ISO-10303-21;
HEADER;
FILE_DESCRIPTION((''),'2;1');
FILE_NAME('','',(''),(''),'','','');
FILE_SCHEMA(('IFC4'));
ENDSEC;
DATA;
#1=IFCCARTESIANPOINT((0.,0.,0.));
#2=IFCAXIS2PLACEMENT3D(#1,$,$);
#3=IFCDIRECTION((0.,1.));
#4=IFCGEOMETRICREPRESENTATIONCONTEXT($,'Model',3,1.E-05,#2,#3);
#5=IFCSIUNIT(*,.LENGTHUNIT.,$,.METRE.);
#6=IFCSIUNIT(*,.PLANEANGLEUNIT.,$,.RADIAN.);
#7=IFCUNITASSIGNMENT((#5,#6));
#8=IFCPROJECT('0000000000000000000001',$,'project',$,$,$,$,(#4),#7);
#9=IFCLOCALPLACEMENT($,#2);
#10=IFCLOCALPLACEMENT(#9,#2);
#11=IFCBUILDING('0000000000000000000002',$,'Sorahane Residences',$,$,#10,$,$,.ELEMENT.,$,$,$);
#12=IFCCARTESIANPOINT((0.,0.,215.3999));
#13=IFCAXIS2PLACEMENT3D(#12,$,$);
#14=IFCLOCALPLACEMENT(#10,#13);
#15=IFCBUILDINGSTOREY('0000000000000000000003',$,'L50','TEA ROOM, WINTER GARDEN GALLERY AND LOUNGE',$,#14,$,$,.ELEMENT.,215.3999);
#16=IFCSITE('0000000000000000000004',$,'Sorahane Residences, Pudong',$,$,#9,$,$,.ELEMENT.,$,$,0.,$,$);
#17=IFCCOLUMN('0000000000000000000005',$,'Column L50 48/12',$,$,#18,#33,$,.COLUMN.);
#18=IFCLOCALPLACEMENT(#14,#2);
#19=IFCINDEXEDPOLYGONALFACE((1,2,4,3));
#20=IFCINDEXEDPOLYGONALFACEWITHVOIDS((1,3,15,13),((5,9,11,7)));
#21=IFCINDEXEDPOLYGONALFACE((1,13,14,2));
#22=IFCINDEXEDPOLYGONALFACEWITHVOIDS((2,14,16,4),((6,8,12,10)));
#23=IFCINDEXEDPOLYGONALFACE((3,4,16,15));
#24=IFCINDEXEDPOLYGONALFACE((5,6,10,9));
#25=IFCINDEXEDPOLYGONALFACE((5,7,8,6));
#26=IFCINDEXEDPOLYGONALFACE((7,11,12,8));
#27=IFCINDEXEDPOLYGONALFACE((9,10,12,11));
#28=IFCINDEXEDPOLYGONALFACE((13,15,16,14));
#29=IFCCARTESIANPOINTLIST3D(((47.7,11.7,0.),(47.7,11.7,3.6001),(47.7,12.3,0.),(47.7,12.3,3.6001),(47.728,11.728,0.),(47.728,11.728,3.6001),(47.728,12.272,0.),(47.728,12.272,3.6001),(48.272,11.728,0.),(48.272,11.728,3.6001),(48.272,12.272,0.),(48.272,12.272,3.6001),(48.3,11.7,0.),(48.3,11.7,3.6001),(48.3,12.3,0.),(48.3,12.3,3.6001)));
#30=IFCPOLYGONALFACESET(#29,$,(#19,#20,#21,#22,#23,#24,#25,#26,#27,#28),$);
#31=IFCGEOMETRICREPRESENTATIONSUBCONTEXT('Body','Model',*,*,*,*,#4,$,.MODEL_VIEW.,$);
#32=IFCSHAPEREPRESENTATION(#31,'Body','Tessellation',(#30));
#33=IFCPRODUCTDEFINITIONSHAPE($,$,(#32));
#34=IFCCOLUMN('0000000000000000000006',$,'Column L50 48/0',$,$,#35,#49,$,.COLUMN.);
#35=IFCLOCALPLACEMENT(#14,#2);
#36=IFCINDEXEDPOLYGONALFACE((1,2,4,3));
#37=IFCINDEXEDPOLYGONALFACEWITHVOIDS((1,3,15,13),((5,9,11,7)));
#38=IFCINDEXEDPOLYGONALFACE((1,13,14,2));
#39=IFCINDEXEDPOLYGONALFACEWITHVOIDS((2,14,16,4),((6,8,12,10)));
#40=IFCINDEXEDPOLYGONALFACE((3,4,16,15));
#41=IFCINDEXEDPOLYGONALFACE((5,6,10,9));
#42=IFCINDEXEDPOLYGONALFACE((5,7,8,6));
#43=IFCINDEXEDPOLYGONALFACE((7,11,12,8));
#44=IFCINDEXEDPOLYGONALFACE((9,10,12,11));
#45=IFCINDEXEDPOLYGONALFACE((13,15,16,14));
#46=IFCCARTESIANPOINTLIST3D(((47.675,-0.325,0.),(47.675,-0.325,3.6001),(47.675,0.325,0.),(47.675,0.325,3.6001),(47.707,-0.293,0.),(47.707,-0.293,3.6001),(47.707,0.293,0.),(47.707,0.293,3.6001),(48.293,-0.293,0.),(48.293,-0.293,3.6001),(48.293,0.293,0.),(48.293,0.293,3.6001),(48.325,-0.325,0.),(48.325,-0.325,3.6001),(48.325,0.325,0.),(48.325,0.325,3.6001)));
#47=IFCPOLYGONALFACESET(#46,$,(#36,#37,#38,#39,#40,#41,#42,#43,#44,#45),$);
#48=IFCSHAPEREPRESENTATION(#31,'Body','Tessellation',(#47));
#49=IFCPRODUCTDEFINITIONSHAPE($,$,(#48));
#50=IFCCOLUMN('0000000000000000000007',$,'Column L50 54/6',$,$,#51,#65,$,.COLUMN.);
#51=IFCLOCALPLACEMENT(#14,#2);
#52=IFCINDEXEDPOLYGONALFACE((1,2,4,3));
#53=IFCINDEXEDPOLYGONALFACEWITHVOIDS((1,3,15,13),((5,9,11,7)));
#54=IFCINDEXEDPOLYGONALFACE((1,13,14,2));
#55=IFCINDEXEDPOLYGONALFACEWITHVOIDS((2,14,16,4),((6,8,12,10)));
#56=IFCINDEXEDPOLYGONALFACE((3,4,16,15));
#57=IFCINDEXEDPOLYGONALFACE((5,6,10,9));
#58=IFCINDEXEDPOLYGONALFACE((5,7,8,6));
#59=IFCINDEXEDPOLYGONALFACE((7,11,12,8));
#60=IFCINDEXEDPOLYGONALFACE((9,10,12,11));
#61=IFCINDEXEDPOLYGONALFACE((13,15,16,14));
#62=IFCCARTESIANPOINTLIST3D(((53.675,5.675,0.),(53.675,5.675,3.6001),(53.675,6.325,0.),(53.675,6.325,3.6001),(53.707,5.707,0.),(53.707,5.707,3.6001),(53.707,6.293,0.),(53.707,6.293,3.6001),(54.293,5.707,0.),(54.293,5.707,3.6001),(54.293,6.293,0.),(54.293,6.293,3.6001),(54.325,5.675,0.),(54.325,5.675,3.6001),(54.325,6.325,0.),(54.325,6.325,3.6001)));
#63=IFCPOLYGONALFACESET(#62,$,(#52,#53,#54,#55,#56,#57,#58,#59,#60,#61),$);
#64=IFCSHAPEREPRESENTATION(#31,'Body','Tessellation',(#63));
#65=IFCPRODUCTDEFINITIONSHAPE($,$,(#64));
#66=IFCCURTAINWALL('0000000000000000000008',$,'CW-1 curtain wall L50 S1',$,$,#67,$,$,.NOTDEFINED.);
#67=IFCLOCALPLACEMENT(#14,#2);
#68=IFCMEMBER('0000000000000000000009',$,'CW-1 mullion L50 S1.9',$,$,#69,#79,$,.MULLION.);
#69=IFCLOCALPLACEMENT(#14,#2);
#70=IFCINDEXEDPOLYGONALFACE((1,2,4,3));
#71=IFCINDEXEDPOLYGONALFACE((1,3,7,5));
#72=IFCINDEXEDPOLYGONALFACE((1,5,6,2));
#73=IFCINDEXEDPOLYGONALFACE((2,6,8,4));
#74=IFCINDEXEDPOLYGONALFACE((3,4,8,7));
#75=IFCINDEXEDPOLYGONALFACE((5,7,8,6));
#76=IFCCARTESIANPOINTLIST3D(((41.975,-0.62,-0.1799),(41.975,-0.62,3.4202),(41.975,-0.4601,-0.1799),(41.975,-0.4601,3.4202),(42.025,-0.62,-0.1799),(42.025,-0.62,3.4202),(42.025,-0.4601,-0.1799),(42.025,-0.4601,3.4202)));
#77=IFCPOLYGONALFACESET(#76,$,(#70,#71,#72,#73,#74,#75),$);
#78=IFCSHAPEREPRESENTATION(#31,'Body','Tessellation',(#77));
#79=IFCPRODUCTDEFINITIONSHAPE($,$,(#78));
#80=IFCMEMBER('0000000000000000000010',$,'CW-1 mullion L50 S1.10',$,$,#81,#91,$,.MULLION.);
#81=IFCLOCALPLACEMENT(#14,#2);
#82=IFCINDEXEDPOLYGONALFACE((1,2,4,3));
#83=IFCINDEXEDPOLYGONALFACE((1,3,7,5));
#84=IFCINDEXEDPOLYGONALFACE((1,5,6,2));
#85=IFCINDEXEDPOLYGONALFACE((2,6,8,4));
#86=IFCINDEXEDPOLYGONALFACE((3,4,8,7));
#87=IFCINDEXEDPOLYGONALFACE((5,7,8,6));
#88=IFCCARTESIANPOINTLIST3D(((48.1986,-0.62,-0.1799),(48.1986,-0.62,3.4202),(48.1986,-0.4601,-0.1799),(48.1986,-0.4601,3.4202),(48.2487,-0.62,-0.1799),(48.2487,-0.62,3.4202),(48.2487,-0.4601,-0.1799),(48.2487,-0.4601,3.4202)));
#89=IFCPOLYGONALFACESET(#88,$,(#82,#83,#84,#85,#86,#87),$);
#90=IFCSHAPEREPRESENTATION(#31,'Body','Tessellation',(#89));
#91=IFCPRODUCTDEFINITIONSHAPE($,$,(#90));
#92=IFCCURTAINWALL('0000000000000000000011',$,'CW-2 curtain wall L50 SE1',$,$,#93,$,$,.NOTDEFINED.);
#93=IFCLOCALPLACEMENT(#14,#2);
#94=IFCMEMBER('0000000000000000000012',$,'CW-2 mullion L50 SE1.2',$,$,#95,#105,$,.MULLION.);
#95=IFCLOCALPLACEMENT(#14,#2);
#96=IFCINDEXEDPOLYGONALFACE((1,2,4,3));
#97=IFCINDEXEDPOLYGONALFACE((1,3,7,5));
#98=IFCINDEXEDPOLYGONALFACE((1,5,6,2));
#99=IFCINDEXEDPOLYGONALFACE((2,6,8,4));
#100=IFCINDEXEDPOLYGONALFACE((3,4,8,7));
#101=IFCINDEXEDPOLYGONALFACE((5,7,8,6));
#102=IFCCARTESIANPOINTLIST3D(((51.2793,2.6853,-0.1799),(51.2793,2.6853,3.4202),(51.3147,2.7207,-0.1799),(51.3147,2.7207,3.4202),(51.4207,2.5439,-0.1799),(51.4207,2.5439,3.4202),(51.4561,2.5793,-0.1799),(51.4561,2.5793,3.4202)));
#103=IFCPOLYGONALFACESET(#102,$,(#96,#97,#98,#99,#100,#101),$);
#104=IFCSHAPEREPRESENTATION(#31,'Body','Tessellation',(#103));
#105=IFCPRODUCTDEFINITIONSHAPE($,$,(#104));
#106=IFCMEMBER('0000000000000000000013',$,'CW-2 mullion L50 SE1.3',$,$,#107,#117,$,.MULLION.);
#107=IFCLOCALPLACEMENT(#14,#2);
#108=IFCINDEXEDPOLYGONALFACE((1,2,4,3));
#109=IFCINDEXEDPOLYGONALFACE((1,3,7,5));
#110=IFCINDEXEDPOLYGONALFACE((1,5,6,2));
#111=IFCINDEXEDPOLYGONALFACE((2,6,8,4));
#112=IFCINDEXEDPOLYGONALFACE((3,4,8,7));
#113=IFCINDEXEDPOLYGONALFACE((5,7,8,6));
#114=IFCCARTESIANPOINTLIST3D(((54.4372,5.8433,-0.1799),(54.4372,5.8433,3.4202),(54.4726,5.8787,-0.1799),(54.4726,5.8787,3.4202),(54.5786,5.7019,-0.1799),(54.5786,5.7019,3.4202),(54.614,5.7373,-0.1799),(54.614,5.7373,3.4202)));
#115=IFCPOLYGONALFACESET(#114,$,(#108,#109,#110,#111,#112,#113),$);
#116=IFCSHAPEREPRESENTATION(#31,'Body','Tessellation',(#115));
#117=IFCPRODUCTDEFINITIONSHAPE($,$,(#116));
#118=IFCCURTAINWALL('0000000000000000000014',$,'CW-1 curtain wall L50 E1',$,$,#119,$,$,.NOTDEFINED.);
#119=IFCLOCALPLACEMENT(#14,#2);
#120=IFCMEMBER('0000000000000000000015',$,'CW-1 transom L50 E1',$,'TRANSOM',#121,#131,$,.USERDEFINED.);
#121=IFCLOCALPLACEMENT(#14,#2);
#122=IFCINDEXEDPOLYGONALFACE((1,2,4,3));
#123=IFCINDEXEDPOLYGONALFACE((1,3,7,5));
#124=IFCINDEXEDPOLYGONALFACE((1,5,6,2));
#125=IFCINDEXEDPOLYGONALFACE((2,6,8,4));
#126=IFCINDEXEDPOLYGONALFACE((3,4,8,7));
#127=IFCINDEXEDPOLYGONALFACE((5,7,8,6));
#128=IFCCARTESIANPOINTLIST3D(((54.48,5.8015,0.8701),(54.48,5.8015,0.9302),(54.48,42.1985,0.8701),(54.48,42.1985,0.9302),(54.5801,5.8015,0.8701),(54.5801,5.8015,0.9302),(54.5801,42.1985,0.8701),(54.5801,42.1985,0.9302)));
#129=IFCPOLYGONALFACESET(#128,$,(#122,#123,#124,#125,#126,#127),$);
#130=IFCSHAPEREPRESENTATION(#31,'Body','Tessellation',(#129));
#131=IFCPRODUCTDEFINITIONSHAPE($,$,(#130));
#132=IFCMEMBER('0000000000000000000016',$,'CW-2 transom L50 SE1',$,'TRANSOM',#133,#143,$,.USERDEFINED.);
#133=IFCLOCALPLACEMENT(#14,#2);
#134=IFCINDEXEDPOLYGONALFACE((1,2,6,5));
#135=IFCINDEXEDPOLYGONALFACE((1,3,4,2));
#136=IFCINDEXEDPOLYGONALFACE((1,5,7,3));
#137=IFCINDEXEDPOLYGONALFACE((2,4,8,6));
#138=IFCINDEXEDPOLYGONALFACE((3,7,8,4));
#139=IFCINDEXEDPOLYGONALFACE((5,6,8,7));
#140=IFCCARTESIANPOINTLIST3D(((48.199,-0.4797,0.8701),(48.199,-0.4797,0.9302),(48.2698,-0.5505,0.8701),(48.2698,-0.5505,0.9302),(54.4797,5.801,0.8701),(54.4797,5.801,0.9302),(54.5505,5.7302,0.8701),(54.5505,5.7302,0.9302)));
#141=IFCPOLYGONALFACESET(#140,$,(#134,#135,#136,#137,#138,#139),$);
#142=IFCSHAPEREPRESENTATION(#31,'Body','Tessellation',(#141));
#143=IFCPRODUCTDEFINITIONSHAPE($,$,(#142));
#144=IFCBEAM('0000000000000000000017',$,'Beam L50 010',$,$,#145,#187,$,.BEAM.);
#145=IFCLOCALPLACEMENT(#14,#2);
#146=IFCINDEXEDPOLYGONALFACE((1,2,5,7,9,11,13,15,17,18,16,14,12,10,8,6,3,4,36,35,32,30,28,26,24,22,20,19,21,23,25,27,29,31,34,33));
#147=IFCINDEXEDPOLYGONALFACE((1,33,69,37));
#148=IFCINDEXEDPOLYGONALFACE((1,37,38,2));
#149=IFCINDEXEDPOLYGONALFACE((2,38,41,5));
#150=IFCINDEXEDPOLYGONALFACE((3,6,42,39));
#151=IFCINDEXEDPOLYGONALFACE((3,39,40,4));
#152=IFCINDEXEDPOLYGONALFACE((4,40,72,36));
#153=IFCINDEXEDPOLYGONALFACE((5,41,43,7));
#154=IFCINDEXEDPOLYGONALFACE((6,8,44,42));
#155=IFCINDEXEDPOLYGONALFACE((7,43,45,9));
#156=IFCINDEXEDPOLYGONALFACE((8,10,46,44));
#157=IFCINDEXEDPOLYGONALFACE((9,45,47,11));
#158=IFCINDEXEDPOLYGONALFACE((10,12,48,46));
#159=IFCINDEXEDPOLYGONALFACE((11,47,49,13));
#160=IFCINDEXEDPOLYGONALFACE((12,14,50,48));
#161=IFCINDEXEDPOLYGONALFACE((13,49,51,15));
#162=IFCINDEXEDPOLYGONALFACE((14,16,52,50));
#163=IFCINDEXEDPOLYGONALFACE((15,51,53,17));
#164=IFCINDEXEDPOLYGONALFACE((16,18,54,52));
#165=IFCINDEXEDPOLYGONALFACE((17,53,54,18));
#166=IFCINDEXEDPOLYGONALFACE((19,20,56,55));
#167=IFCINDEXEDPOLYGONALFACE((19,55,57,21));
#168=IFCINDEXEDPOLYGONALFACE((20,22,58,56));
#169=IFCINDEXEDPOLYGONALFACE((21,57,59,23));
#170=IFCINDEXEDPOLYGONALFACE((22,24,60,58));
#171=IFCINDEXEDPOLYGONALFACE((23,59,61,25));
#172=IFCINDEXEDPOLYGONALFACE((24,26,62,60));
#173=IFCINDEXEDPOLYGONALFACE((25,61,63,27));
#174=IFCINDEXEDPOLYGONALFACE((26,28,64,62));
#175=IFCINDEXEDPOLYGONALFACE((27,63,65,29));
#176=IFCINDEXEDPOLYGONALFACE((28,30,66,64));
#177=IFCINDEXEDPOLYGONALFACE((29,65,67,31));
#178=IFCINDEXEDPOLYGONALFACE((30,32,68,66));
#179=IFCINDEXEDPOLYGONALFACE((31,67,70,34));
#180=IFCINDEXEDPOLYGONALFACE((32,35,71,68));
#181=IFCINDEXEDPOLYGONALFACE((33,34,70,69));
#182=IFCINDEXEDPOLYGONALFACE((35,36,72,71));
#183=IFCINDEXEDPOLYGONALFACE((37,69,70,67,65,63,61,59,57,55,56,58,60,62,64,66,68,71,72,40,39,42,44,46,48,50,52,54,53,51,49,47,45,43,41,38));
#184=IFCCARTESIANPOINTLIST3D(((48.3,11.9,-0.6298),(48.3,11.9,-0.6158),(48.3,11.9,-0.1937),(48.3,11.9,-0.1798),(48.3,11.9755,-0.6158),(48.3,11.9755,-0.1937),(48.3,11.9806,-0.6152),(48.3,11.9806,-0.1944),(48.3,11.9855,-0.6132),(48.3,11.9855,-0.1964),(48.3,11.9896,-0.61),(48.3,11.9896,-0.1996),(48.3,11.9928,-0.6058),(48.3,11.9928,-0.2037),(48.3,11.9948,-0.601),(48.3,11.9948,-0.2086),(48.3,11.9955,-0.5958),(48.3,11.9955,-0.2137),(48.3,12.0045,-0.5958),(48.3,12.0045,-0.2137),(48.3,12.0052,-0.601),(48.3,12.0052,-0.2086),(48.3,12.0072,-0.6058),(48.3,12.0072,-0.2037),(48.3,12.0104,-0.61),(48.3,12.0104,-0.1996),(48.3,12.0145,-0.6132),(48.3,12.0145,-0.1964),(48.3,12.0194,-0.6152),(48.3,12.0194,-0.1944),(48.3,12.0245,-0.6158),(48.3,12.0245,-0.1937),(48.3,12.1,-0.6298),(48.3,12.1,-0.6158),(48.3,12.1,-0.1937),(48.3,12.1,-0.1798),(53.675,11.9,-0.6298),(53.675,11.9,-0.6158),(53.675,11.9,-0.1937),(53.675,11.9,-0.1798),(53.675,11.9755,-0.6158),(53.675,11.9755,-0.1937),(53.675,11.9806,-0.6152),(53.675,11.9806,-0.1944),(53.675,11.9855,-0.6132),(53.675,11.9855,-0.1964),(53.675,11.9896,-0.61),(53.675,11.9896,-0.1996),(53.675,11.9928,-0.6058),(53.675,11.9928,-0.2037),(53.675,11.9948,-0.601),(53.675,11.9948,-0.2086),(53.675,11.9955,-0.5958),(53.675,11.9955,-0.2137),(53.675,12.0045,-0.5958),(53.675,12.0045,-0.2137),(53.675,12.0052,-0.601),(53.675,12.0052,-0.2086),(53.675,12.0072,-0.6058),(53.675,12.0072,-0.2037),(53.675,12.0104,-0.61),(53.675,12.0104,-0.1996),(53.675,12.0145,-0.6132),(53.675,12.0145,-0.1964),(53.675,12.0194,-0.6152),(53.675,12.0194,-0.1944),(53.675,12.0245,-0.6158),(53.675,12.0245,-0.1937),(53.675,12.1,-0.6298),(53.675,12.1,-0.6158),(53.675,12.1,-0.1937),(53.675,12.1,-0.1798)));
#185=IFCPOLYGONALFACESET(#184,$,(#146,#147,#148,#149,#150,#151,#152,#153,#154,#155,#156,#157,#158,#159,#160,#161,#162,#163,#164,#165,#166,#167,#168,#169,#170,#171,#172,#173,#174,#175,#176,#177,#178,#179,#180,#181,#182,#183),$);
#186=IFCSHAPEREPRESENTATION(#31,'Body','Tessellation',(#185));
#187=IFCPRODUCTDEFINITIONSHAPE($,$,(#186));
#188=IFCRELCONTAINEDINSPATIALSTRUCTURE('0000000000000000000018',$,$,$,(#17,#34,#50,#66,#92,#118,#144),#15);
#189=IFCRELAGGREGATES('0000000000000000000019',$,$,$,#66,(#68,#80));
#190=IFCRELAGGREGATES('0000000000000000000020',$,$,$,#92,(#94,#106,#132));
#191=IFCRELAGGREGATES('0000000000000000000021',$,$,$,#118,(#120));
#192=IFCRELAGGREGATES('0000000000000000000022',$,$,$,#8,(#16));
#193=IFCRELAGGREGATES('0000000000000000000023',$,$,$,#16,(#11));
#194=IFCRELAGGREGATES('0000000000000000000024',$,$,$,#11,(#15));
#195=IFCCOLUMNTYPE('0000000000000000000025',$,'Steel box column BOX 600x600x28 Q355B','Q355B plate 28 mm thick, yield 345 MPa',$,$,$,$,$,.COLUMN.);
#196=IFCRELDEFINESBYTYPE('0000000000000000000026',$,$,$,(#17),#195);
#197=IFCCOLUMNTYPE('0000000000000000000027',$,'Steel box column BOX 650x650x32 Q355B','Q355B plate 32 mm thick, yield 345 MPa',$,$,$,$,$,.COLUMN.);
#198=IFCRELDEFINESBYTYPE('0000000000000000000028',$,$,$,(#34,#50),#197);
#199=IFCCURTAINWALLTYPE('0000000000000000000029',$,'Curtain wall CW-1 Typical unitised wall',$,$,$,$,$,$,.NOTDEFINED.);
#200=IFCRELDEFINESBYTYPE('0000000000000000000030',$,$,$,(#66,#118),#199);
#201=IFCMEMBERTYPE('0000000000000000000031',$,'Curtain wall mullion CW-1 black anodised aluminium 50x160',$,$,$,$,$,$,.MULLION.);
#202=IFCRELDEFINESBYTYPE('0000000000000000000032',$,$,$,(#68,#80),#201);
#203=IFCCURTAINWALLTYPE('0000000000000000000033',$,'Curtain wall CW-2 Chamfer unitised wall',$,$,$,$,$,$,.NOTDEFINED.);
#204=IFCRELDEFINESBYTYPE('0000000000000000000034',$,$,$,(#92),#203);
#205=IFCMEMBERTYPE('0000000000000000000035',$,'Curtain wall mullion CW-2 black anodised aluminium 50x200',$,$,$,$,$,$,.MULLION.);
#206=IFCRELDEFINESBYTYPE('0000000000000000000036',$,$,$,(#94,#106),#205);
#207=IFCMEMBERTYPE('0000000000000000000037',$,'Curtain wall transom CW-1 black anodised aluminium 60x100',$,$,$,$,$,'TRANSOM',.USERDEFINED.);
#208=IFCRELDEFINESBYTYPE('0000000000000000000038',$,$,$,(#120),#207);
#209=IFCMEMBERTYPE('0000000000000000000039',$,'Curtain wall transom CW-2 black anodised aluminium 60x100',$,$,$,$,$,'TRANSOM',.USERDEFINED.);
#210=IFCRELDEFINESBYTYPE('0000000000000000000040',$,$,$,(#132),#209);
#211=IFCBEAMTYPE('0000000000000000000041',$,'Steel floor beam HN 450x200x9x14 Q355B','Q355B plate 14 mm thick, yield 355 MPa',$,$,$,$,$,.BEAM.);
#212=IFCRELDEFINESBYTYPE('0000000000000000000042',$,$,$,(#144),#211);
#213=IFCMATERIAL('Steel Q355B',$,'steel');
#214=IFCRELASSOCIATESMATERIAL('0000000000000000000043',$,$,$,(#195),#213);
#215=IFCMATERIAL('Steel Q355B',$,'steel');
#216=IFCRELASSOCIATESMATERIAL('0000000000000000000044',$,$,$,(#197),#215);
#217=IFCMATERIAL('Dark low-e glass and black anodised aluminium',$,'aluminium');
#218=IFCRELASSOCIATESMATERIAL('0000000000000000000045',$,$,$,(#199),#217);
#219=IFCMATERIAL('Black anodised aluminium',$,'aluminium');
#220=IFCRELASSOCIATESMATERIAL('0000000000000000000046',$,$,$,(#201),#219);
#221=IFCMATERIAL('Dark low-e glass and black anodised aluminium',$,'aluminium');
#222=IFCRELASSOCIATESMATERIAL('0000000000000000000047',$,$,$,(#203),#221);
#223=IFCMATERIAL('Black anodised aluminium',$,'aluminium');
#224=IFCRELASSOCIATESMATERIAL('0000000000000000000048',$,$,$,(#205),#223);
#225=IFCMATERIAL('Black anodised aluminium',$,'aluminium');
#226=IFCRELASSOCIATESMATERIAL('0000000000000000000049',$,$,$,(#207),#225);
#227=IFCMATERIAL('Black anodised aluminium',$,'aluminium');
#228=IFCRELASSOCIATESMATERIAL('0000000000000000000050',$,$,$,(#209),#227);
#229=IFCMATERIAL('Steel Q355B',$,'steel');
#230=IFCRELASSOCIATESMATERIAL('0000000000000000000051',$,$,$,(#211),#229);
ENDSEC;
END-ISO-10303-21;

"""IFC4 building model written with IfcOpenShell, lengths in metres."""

from ifc_helpers import new_model, si_unit, direction, frame, origin, origin_2d, place, context, subcontext, project, spatial, rectangle, hollow_rectangle, i_section, extrude, material, material_profile, profile_set, type_object, element, aggregate, save


model = new_model("IFC4")

# Units and contexts
model_context = context("Model", 3, precision=1e-05, world=origin(), true_north=direction((0.0, 1.0)))
body_context = subcontext(model_context, "Body", "Model", "MODEL_VIEW")
ifc_project = project(units=[si_unit("LENGTHUNIT", "METRE"), si_unit("PLANEANGLEUNIT", "RADIAN")], contexts=[model_context])

# Site, building, storey
site_placement = place(None, origin())
site = spatial("IfcSite", under=ifc_project, at=site_placement, Name="Sorahane Residences, Pudong", CompositionType="ELEMENT", RefElevation=0.0)
building_placement = place(site_placement, origin())
building = spatial("IfcBuilding", under=site, at=building_placement, Name="Sorahane Residences", CompositionType="ELEMENT")
storey_placement = place(building_placement, frame((0.0, 0.0, 215.3999)))
storey = spatial("IfcBuildingStorey", under=building, at=storey_placement, Name="L50", Description="TEA ROOM, WINTER GARDEN GALLERY AND LOUNGE", CompositionType="ELEMENT", Elevation=215.3999)

# Columns
ifc_material_1 = material(Name="Steel Q355B", Category="steel")
ifc_material_profile_1 = material_profile(ifc_material_1, hollow_rectangle(XDim=0.6001, YDim=0.6001, WallThickness=0.0281, at=origin_2d()), Name="BOX 600x600x28")
ifc_profile_set_1 = profile_set([ifc_material_profile_1], Name="Steel Q355B")
column_type_1 = type_object("IfcColumnType", Name="Steel box column BOX 600x600x28 Q355B", Description="Q355B plate 28 mm thick, yield 345 MPa", PredefinedType="COLUMN", material=ifc_profile_set_1)
column_placement = place(storey_placement, frame((48.0, 12.0, 0.0), z_axis=(0.0, 0.0, 1.0), x_axis=(1.0, 0.0, 0.0)))
element("IfcColumn", 1, at=column_placement, inside=storey, type_object=column_type_1, Name="Column L50 48/12", PredefinedType="COLUMN", context=body_context, shape_type="SweptSolid", body=[
    extrude(hollow_rectangle(XDim=0.6001, YDim=0.6001, WallThickness=0.0281, at=origin_2d()), origin(), (0.0, 0.0, 1.0), 3.6001),
])
ifc_material_2 = material(Name="Steel Q355B", Category="steel")
ifc_material_profile_2 = material_profile(ifc_material_2, hollow_rectangle(XDim=0.6499, YDim=0.6499, WallThickness=0.032, at=origin_2d()), Name="BOX 650x650x32")
ifc_profile_set_2 = profile_set([ifc_material_profile_2], Name="Steel Q355B")
column_type_2 = type_object("IfcColumnType", Name="Steel box column BOX 650x650x32 Q355B", Description="Q355B plate 32 mm thick, yield 345 MPa", PredefinedType="COLUMN", material=ifc_profile_set_2)
for number, where, z_axis, x_axis, name in (
    (2, (48.0, 0.0, 0.0), (0.0, 0.0, 1.0), (1.0, 0.0, 0.0), "Column L50 48/0"),
    (3, (54.0, 6.0, 0.0), (0.0, 0.0, 1.0), (1.0, 0.0, 0.0), "Column L50 54/6"),
):
    element("IfcColumn", number, at=place(storey_placement, frame(where, z_axis=z_axis, x_axis=x_axis)), inside=storey, type_object=column_type_2, Name=name, PredefinedType="COLUMN", context=body_context, shape_type="SweptSolid", body=[
        extrude(hollow_rectangle(XDim=0.6499, YDim=0.6499, WallThickness=0.032, at=origin_2d()), origin(), (0.0, 0.0, 1.0), 3.6001),
    ])

# Curtain walls, members
ifc_material_3 = material(Name="Dark low-e glass and black anodised aluminium", Category="aluminium")
curtain_wall_type_1 = type_object("IfcCurtainWallType", Name="Curtain wall CW-1 Typical unitised wall", PredefinedType="NOTDEFINED", material=ifc_material_3)
curtain_wall_1_placement = place(storey_placement, origin())
curtain_wall_1 = element("IfcCurtainWall", 4, at=curtain_wall_1_placement, inside=storey, type_object=curtain_wall_type_1, Name="CW-1 curtain wall L50 S1", PredefinedType="NOTDEFINED")
ifc_material_4 = material(Name="Black anodised aluminium", Category="aluminium")
ifc_material_profile_3 = material_profile(ifc_material_4, rectangle(XDim=0.1599, YDim=0.05, at=origin_2d()), Name="Curtain wall mullion CW-1 black anodised aluminium 50x160")
ifc_profile_set_3 = profile_set([ifc_material_profile_3], Name="Black anodised aluminium")
member_type_1 = type_object("IfcMemberType", Name="Curtain wall mullion CW-1 black anodised aluminium 50x160", PredefinedType="MULLION", material=ifc_profile_set_3)
member_1_placement = place(storey_placement, frame((42.0, -0.54, -0.1799), z_axis=(0.0, 0.0, 1.0), x_axis=(0.0, -1.0, 0.0)))
member_1 = element("IfcMember", 5, at=member_1_placement, type_object=member_type_1, Name="CW-1 mullion L50 S1.9", PredefinedType="MULLION", context=body_context, shape_type="SweptSolid", body=[
    extrude(rectangle(XDim=0.1599, YDim=0.05, at=origin_2d()), origin(), (0.0, 0.0, 1.0), 3.6001),
])
member_2_placement = place(storey_placement, frame((48.2236, -0.54, -0.1799), z_axis=(0.0, 0.0, 1.0), x_axis=(0.0, -1.0, 0.0)))
member_2 = element("IfcMember", 6, at=member_2_placement, type_object=member_type_1, Name="CW-1 mullion L50 S1.10", PredefinedType="MULLION", context=body_context, shape_type="SweptSolid", body=[
    extrude(rectangle(XDim=0.1599, YDim=0.05, at=origin_2d()), origin(), (0.0, 0.0, 1.0), 3.6001),
])
ifc_material_5 = material(Name="Dark low-e glass and black anodised aluminium", Category="aluminium")
curtain_wall_type_2 = type_object("IfcCurtainWallType", Name="Curtain wall CW-2 Chamfer unitised wall", PredefinedType="NOTDEFINED", material=ifc_material_5)
curtain_wall_2_placement = place(storey_placement, origin())
curtain_wall_2 = element("IfcCurtainWall", 7, at=curtain_wall_2_placement, inside=storey, type_object=curtain_wall_type_2, Name="CW-2 curtain wall L50 SE1", PredefinedType="NOTDEFINED")
ifc_material_6 = material(Name="Black anodised aluminium", Category="aluminium")
ifc_material_profile_4 = material_profile(ifc_material_6, rectangle(XDim=0.2, YDim=0.05, at=origin_2d()), Name="Curtain wall mullion CW-2 black anodised aluminium 50x200")
ifc_profile_set_4 = profile_set([ifc_material_profile_4], Name="Black anodised aluminium")
member_type_2 = type_object("IfcMemberType", Name="Curtain wall mullion CW-2 black anodised aluminium 50x200", PredefinedType="MULLION", material=ifc_profile_set_4)
member_3_placement = place(storey_placement, frame((51.3677, 2.6323, -0.1799), z_axis=(0.0, 0.0, 1.0), x_axis=(0.707107, -0.707107, 0.0)))
member_3 = element("IfcMember", 8, at=member_3_placement, type_object=member_type_2, Name="CW-2 mullion L50 SE1.2", PredefinedType="MULLION", context=body_context, shape_type="SweptSolid", body=[
    extrude(rectangle(XDim=0.2, YDim=0.05, at=origin_2d()), origin(), (0.0, 0.0, 1.0), 3.6001),
])
member_4_placement = place(storey_placement, frame((54.5256, 5.7903, -0.1799), z_axis=(0.0, 0.0, 1.0), x_axis=(0.707107, -0.707107, 0.0)))
member_4 = element("IfcMember", 9, at=member_4_placement, type_object=member_type_2, Name="CW-2 mullion L50 SE1.3", PredefinedType="MULLION", context=body_context, shape_type="SweptSolid", body=[
    extrude(rectangle(XDim=0.2, YDim=0.05, at=origin_2d()), origin(), (0.0, 0.0, 1.0), 3.6001),
])

# Curtain wall, member
curtain_wall_3_placement = place(storey_placement, origin())
curtain_wall_3 = element("IfcCurtainWall", 10, at=curtain_wall_3_placement, inside=storey, type_object=curtain_wall_type_1, Name="CW-1 curtain wall L50 E1", PredefinedType="NOTDEFINED")
ifc_material_7 = material(Name="Black anodised aluminium", Category="aluminium")
ifc_material_profile_5 = material_profile(ifc_material_7, rectangle(XDim=0.1001, YDim=0.0601, at=origin_2d()), Name="Curtain wall transom CW-1 black anodised aluminium 60x100")
ifc_profile_set_5 = profile_set([ifc_material_profile_5], Name="Black anodised aluminium")
member_type_3 = type_object("IfcMemberType", Name="Curtain wall transom CW-1 black anodised aluminium 60x100", ElementType="TRANSOM", PredefinedType="USERDEFINED", material=ifc_profile_set_5)
member_5_placement = place(storey_placement, frame((54.53, 5.8015, 0.9001), z_axis=(0.0, 1.0, 0.0), x_axis=(-1.0, 0.0, 0.0)))
member_5 = element("IfcMember", 11, at=member_5_placement, type_object=member_type_3, Name="CW-1 transom L50 E1", ObjectType="TRANSOM", PredefinedType="USERDEFINED", context=body_context, shape_type="SweptSolid", body=[
    extrude(rectangle(XDim=0.1001, YDim=0.0601, at=origin_2d()), origin(), (0.0, 0.0, 1.0), 36.397),
])

# Member
ifc_material_8 = material(Name="Black anodised aluminium", Category="aluminium")
ifc_material_profile_6 = material_profile(ifc_material_8, rectangle(XDim=0.1001, YDim=0.0601, at=origin_2d()), Name="Curtain wall transom CW-2 black anodised aluminium 60x100")
ifc_profile_set_6 = profile_set([ifc_material_profile_6], Name="Black anodised aluminium")
member_type_4 = type_object("IfcMemberType", Name="Curtain wall transom CW-2 black anodised aluminium 60x100", ElementType="TRANSOM", PredefinedType="USERDEFINED", material=ifc_profile_set_6)
member_6_placement = place(storey_placement, frame((48.2344, -0.5151, 0.9001), z_axis=(0.707107, 0.707107, 0.0), x_axis=(-0.707107, 0.707107, 0.0)))
member_6 = element("IfcMember", 12, at=member_6_placement, type_object=member_type_4, Name="CW-2 transom L50 SE1", ObjectType="TRANSOM", PredefinedType="USERDEFINED", context=body_context, shape_type="SweptSolid", body=[
    extrude(rectangle(XDim=0.1001, YDim=0.0601, at=origin_2d()), origin(), (0.0, 0.0, 1.0), 8.8823),
])

# Beam
ifc_material_9 = material(Name="Steel Q355B", Category="steel")
ifc_material_profile_7 = material_profile(ifc_material_9, i_section(OverallWidth=0.2, OverallDepth=0.45, WebThickness=0.009, FlangeThickness=0.0139, FilletRadius=0.02, at=origin_2d()), Name="HN 450x200x9x14")
ifc_profile_set_7 = profile_set([ifc_material_profile_7], Name="Steel Q355B")
beam_type_1 = type_object("IfcBeamType", Name="Steel floor beam HN 450x200x9x14 Q355B", Description="Q355B plate 14 mm thick, yield 355 MPa", PredefinedType="BEAM", material=ifc_profile_set_7)
beam_1_placement = place(storey_placement, frame((48.3, 12.0, -0.4048), z_axis=(1.0, 0.0, 0.0), x_axis=(0.0, 1.0, 0.0)))
element("IfcBeam", 13, at=beam_1_placement, inside=storey, type_object=beam_type_1, Name="Beam L50 010", PredefinedType="BEAM", context=body_context, shape_type="SweptSolid", body=[
    extrude(i_section(OverallWidth=0.2, OverallDepth=0.45, WebThickness=0.009, FlangeThickness=0.0139, FilletRadius=0.02, at=origin_2d()), origin(), (0.0, 0.0, 1.0), 5.375),
])

aggregate(curtain_wall_1, [member_1, member_2])
aggregate(curtain_wall_2, [member_3, member_4, member_6])
aggregate(curtain_wall_3, [member_5])

save(model, "model.ifc")
